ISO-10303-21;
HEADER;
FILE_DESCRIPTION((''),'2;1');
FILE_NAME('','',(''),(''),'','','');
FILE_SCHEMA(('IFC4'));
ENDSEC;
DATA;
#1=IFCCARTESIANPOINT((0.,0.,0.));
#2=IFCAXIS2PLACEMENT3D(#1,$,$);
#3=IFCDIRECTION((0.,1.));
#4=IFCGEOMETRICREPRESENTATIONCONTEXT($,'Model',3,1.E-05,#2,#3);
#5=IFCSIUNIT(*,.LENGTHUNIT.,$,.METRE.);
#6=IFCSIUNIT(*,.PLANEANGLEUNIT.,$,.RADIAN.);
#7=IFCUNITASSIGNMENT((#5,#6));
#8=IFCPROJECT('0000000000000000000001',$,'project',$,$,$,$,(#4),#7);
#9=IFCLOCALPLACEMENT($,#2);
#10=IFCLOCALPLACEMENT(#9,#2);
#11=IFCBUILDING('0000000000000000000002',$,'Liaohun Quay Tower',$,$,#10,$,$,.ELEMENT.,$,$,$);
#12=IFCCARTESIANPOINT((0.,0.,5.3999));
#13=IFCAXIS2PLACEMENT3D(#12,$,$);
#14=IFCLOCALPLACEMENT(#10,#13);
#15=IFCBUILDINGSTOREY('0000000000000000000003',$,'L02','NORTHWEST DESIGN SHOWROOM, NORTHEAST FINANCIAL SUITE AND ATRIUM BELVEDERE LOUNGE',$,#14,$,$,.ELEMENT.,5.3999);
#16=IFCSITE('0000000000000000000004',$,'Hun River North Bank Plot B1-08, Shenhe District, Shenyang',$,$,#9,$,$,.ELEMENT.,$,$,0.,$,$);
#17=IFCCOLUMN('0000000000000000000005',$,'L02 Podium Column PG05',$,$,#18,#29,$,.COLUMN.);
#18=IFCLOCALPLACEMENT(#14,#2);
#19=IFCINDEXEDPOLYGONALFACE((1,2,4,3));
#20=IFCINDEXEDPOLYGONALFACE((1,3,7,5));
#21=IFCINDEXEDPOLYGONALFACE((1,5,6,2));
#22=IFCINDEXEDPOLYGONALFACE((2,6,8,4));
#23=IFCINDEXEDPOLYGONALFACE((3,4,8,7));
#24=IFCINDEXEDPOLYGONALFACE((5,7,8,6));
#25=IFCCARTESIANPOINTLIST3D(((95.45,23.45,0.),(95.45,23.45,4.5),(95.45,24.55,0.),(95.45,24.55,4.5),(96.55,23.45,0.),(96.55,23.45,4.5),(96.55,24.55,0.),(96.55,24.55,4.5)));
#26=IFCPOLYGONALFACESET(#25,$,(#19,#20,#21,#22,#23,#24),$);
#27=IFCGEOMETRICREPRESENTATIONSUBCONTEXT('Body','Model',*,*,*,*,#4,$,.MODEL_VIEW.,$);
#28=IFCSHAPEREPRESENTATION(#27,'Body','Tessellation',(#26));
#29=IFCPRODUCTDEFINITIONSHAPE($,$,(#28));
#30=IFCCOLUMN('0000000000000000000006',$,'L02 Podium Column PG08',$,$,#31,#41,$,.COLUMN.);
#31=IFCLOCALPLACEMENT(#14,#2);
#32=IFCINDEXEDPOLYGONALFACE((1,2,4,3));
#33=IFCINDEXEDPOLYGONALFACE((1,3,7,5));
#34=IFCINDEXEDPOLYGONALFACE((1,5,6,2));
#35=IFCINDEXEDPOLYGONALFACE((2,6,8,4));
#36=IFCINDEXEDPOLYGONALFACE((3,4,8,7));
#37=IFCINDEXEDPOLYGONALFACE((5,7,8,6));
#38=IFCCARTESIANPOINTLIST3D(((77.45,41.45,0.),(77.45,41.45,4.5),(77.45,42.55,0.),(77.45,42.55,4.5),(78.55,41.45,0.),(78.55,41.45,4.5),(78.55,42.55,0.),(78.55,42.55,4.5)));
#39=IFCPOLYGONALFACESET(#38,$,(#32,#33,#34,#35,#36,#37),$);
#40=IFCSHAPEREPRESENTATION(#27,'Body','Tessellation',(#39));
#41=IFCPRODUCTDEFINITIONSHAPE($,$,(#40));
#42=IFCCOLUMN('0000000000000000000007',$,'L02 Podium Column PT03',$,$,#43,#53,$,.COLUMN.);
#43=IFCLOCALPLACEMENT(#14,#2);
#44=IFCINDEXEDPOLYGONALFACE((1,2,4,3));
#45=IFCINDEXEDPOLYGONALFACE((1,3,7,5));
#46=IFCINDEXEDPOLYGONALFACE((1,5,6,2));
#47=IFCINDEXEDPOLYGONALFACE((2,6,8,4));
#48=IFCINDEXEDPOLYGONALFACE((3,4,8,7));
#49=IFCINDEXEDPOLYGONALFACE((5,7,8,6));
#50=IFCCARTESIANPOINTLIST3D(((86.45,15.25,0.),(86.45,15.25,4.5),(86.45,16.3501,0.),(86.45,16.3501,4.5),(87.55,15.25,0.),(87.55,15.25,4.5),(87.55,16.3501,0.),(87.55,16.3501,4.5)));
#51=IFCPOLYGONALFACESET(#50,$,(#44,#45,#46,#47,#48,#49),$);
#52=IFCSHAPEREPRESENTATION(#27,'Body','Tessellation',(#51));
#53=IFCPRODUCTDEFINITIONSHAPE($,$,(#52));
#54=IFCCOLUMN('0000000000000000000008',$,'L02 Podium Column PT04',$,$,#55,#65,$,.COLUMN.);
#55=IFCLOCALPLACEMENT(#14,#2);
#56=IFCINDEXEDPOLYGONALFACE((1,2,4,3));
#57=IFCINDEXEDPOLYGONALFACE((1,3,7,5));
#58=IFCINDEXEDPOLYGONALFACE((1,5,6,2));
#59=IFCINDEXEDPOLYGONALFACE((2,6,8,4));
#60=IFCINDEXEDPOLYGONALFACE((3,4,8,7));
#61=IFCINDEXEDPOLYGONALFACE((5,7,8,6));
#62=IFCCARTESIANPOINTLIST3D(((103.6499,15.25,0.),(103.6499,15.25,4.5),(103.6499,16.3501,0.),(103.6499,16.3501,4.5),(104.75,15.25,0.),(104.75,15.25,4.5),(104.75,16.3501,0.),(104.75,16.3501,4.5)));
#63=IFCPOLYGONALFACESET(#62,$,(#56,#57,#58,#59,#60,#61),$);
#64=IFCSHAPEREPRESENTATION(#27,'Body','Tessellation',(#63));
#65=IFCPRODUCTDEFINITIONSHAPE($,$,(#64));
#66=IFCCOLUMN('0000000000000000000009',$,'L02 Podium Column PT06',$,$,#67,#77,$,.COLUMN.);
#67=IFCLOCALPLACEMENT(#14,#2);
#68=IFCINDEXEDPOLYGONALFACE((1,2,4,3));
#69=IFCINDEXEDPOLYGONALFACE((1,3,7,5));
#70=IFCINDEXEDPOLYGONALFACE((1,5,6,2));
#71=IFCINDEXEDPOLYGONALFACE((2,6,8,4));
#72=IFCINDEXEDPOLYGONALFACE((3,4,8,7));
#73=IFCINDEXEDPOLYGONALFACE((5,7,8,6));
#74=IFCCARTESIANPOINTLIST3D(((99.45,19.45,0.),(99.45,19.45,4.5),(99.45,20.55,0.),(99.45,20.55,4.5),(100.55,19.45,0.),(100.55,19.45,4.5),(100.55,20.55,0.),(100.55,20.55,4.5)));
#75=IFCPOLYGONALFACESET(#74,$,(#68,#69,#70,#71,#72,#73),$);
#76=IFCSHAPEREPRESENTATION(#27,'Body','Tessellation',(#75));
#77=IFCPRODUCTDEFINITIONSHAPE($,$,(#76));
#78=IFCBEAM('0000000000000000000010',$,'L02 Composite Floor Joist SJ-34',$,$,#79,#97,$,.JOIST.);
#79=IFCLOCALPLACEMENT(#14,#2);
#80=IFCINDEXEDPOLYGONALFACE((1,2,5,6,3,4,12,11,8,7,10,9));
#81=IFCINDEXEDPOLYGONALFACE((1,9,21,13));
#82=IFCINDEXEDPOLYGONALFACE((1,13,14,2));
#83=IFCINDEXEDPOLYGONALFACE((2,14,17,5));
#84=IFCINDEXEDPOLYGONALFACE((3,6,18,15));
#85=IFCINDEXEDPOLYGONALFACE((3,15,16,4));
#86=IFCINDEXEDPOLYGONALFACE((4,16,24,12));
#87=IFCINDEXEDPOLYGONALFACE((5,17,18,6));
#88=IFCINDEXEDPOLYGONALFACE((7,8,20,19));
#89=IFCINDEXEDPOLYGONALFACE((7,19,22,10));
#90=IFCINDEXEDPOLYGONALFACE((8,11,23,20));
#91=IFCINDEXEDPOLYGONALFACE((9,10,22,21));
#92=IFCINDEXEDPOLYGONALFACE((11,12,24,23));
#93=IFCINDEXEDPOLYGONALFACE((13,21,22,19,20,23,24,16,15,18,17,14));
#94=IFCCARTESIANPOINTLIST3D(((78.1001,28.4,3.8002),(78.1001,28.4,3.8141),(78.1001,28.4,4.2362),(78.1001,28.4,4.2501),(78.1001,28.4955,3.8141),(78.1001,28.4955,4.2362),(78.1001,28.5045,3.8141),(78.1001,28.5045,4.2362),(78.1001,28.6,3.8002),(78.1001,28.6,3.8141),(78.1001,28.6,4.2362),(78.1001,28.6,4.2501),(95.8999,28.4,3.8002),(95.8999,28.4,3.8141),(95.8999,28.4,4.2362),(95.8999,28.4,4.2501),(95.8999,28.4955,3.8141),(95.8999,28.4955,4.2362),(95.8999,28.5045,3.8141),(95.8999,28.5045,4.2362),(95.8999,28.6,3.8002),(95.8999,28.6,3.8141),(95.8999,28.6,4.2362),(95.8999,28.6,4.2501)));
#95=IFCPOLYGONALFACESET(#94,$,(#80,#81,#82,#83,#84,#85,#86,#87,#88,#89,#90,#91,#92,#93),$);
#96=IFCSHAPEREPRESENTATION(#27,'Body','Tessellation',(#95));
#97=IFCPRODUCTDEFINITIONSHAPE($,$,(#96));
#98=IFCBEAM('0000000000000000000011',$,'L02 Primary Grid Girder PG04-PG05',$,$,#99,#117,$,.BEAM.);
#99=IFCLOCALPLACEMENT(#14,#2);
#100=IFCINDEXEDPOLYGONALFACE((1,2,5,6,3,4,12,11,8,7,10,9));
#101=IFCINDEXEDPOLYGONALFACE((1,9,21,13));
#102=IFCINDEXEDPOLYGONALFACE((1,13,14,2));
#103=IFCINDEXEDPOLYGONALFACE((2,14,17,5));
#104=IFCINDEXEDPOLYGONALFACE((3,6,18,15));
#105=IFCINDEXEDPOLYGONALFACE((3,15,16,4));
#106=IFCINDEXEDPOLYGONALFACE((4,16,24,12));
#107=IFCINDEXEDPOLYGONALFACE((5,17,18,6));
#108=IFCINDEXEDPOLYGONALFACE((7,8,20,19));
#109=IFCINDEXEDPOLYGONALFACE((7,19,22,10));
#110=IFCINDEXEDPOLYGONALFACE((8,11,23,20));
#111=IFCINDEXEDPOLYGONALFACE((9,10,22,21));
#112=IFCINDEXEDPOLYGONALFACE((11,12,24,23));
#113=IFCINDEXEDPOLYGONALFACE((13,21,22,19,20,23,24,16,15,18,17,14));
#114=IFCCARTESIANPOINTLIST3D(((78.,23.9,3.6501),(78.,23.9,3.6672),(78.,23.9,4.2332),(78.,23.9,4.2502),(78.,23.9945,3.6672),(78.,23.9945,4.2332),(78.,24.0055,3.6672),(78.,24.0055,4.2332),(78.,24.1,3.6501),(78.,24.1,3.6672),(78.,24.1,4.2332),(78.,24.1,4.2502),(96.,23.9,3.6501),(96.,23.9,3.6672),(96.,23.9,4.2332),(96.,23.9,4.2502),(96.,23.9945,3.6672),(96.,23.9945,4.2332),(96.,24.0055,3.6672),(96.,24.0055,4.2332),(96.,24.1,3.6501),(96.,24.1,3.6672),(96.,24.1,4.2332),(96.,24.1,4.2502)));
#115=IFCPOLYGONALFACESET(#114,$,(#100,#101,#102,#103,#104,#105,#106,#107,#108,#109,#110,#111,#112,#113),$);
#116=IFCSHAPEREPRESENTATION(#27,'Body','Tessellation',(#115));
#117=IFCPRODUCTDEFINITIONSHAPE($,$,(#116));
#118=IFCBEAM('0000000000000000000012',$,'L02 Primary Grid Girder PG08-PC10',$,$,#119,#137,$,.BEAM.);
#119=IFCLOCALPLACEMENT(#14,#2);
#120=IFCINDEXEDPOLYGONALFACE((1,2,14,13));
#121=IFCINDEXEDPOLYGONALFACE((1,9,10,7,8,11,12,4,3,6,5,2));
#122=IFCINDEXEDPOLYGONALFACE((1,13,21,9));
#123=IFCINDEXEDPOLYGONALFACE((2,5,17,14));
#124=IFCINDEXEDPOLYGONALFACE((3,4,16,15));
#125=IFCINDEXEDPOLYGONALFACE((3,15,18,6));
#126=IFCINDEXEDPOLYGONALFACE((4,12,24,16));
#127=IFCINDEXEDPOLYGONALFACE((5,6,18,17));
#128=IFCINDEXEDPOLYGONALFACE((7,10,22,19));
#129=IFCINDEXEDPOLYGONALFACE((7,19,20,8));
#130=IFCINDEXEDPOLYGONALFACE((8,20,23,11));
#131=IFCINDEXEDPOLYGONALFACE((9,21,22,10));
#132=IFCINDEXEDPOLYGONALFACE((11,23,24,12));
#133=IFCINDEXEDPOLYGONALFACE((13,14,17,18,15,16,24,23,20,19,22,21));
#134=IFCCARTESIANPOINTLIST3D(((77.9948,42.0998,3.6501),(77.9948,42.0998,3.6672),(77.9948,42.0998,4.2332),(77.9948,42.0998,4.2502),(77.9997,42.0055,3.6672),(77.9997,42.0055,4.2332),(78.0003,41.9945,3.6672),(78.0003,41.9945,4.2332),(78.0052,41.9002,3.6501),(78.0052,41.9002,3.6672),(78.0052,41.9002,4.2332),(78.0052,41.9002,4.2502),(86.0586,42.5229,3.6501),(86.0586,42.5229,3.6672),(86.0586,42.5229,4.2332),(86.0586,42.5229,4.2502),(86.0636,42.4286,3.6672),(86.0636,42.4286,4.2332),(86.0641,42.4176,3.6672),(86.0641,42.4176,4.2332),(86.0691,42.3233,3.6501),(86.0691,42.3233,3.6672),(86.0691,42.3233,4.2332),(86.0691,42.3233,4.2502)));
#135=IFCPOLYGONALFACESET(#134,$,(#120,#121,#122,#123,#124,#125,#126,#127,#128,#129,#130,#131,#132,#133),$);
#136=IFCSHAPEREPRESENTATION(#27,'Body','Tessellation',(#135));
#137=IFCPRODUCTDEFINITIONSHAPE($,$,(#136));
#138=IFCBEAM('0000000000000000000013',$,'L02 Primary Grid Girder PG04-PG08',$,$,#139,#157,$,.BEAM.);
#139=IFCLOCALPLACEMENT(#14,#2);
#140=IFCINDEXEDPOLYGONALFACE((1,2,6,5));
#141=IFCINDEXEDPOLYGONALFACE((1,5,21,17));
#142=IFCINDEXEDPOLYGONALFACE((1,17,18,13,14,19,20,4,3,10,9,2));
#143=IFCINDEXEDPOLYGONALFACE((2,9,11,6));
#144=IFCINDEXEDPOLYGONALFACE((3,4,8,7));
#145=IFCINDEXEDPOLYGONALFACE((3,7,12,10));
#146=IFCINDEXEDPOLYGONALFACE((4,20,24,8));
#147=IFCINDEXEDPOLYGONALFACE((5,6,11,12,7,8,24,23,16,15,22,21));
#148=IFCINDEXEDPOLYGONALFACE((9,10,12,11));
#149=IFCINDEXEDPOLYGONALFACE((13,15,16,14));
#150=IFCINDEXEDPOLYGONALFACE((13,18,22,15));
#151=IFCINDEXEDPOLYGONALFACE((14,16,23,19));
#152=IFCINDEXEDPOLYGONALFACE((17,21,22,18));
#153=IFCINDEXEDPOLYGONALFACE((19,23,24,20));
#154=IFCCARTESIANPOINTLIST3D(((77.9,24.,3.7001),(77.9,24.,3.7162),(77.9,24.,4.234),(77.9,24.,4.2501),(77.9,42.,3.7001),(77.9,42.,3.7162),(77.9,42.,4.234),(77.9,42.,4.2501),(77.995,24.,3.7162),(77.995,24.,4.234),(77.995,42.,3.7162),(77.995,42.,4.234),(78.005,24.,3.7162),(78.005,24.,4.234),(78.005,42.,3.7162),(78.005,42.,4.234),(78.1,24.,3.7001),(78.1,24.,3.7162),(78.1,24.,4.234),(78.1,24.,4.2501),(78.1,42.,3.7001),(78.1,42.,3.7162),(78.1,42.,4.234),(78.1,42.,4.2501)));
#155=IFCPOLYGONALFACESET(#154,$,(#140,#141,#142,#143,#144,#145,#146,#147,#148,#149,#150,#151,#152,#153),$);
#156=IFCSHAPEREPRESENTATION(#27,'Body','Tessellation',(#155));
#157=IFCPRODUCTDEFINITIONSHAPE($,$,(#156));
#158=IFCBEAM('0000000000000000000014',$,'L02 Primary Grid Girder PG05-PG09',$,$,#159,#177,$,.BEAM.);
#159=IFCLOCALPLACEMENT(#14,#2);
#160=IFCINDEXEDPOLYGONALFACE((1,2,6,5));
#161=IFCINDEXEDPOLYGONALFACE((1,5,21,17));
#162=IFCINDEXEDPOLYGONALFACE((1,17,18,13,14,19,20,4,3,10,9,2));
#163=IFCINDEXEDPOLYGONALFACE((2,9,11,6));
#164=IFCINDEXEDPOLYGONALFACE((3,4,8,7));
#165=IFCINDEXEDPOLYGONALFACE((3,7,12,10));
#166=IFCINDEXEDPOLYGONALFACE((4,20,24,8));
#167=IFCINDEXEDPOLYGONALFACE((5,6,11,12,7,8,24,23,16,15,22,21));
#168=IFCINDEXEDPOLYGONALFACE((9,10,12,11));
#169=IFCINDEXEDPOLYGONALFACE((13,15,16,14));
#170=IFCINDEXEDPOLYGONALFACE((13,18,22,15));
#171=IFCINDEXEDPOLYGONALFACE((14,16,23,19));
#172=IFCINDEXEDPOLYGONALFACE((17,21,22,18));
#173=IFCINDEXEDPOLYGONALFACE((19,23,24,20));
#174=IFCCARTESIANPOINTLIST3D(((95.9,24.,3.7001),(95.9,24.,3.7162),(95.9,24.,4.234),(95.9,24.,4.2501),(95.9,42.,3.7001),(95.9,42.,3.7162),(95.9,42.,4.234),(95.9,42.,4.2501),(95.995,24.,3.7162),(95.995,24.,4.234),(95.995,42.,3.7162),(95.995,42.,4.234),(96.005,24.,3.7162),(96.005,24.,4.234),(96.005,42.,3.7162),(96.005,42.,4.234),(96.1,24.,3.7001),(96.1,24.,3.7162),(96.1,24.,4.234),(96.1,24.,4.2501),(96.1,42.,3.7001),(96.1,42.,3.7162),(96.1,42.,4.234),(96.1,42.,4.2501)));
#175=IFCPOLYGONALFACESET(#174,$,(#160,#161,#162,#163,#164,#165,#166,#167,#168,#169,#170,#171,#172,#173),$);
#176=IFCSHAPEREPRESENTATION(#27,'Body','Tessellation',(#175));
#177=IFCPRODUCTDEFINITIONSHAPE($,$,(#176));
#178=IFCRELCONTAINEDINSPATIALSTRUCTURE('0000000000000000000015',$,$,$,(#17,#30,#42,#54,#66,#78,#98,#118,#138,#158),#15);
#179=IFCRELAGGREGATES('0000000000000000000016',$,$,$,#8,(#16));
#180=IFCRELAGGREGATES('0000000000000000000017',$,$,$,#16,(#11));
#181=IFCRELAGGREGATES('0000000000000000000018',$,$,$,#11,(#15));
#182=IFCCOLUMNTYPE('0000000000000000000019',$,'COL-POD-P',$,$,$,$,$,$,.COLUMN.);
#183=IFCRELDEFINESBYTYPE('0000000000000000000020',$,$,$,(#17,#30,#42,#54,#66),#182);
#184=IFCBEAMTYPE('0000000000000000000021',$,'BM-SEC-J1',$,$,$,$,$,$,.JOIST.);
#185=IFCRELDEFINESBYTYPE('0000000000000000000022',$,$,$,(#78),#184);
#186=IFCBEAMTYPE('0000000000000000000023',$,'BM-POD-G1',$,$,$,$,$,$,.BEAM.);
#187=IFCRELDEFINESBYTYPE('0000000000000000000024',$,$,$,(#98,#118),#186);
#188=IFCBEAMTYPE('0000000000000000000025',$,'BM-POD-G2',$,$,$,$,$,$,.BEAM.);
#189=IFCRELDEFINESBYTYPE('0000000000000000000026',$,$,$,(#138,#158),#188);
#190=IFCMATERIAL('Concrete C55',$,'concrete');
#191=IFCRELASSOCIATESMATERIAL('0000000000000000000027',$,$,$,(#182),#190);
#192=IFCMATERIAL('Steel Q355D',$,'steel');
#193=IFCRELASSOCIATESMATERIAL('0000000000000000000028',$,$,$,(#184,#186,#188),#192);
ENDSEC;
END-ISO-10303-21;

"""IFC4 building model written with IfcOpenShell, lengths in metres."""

from ifc_helpers import new_model, si_unit, direction, frame, origin, origin_2d, place, context, subcontext, project, spatial, rectangle, i_section, extrude, source, transform, mapped, material, material_profile, profile_set, type_object, element, save


model = new_model("IFC4")

# Units and contexts
model_context = context("Model", 3, precision=1e-05, world=origin(), true_north=direction((0.0, 1.0)))
body_context = subcontext(model_context, "Body", "Model", "MODEL_VIEW")
ifc_project = project(units=[si_unit("LENGTHUNIT", "METRE"), si_unit("PLANEANGLEUNIT", "RADIAN")], contexts=[model_context])

# Site, building, storey
site_placement = place(None, origin())
site = spatial("IfcSite", under=ifc_project, at=site_placement, Name="Hun River North Bank Plot B1-08, Shenhe District, Shenyang", CompositionType="ELEMENT", RefElevation=0.0)
building_placement = place(site_placement, origin())
building = spatial("IfcBuilding", under=site, at=building_placement, Name="Liaohun Quay Tower", CompositionType="ELEMENT")
storey_placement = place(building_placement, frame((0.0, 0.0, 5.3999)))
storey = spatial("IfcBuildingStorey", under=building, at=storey_placement, Name="L02", Description="NORTHWEST DESIGN SHOWROOM, NORTHEAST FINANCIAL SUITE AND ATRIUM BELVEDERE LOUNGE", CompositionType="ELEMENT", Elevation=5.3999)

# Columns
ifc_material_1 = material(Name="Concrete C55", Category="concrete")
ifc_material_profile_1 = material_profile(ifc_material_1, rectangle(XDim=1.1001, YDim=1.1001, at=origin_2d()), Name="RC1100x1100")
ifc_profile_set_1 = profile_set([ifc_material_profile_1], Name="Concrete C55")
column_type = type_object("IfcColumnType", Name="COL-POD-P", PredefinedType="COLUMN", material=ifc_profile_set_1)
shared_shape_1 = source(origin(), body_context, "Body", "SweptSolid", [
    extrude(rectangle(XDim=1.1001, YDim=1.1001, at=origin_2d()), origin(), (0.0, 0.0, 1.0), 4.5),
])
for number, where, z_axis, x_axis, name in (
    (1, (96.0, 24.0, 0.0), (0.0, 0.0, 1.0), (1.0, 0.0, 0.0), "L02 Podium Column PG05"),
    (2, (78.0, 42.0, 0.0), (0.0, 0.0, 1.0), (1.0, 0.0, 0.0), "L02 Podium Column PG08"),
    (3, (87.0, 15.8, 0.0), (0.0, 0.0, 1.0), (1.0, 0.0, 0.0), "L02 Podium Column PT03"),
    (4, (104.2, 15.8, 0.0), (0.0, 0.0, 1.0), (1.0, 0.0, 0.0), "L02 Podium Column PT04"),
    (5, (100.0, 20.0, 0.0), (0.0, 0.0, 1.0), (1.0, 0.0, 0.0), "L02 Podium Column PT06"),
):
    element("IfcColumn", number, at=place(storey_placement, frame(where, z_axis=z_axis, x_axis=x_axis)), inside=storey, type_object=column_type, Name=name, PredefinedType="COLUMN", context=body_context, shape_type="MappedRepresentation", body=[
        mapped(shared_shape_1, transform((0.0, 0.0, 0.0), x_axis=(1.0, 0.0, 0.0), y_axis=(0.0, 1.0, 0.0), z_axis=(0.0, 0.0, 1.0), scale=1.0)),
    ])

# Beams
ifc_material_2 = material(Name="Steel Q355D", Category="steel")
ifc_material_profile_2 = material_profile(ifc_material_2, i_section(OverallWidth=0.2, OverallDepth=0.45, WebThickness=0.009, FlangeThickness=0.0139, at=origin_2d()), Name="HN450x200x9x14")
ifc_profile_set_2 = profile_set([ifc_material_profile_2], Name="Steel Q355D")
beam_type_1 = type_object("IfcBeamType", Name="BM-SEC-J1", PredefinedType="JOIST", material=ifc_profile_set_2)
shared_shape_2 = source(origin(), body_context, "Body", "SweptSolid", [
    extrude(i_section(OverallWidth=0.2, OverallDepth=0.45, WebThickness=0.009, FlangeThickness=0.0139, at=origin_2d()), origin(), (0.0, 0.0, 1.0), 17.7998),
])
beam_1_placement = place(storey_placement, frame((78.1001, 28.5, 4.0251), z_axis=(1.0, 0.0, 0.0), x_axis=(0.0, 1.0, 0.0)))
element("IfcBeam", 6, at=beam_1_placement, inside=storey, type_object=beam_type_1, Name="L02 Composite Floor Joist SJ-34", PredefinedType="JOIST", context=body_context, shape_type="MappedRepresentation", body=[
    mapped(shared_shape_2, transform((0.0, 0.0, 0.0), x_axis=(1.0, 0.0, 0.0), y_axis=(0.0, 1.0, 0.0), z_axis=(0.0, 0.0, 1.0), scale=1.0)),
])
ifc_material_profile_3 = material_profile(ifc_material_2, i_section(OverallWidth=0.2, OverallDepth=0.6001, WebThickness=0.011, FlangeThickness=0.0171, at=origin_2d()), Name="HN600x200x11x17")
ifc_profile_set_3 = profile_set([ifc_material_profile_3], Name="Steel Q355D")
beam_type_2 = type_object("IfcBeamType", Name="BM-POD-G1", PredefinedType="BEAM", material=ifc_profile_set_3)
shared_shape_3 = source(origin(), body_context, "Body", "SweptSolid", [
    extrude(i_section(OverallWidth=0.2, OverallDepth=0.6001, WebThickness=0.011, FlangeThickness=0.0171, at=origin_2d()), origin(), (0.0, 0.0, 1.0), 18.0),
])
beam_2_placement = place(storey_placement, frame((78.0, 24.0, 3.9502), z_axis=(1.0, 0.0, 0.0), x_axis=(0.0, 1.0, 0.0)))
element("IfcBeam", 7, at=beam_2_placement, inside=storey, type_object=beam_type_2, Name="L02 Primary Grid Girder PG04-PG05", PredefinedType="BEAM", context=body_context, shape_type="MappedRepresentation", body=[
    mapped(shared_shape_3, transform((0.0, 0.0, 0.0), x_axis=(1.0, 0.0, 0.0), y_axis=(0.0, 1.0, 0.0), z_axis=(0.0, 0.0, 1.0), scale=1.0)),
])
shared_shape_4 = source(origin(), body_context, "Body", "SweptSolid", [
    extrude(i_section(OverallWidth=0.2, OverallDepth=0.6001, WebThickness=0.011, FlangeThickness=0.0171, at=origin_2d()), origin(), (0.0, 0.0, 1.0), 8.075),
])
beam_3_placement = place(storey_placement, frame((78.0, 42.0, 3.9502), z_axis=(0.998626, 0.052395, 0.0), x_axis=(-0.052395, 0.998626, 0.0)))
element("IfcBeam", 8, at=beam_3_placement, inside=storey, type_object=beam_type_2, Name="L02 Primary Grid Girder PG08-PC10", PredefinedType="BEAM", context=body_context, shape_type="MappedRepresentation", body=[
    mapped(shared_shape_4, transform((0.0, 0.0, 0.0), x_axis=(1.0, 0.0, 0.0), y_axis=(0.0, 1.0, 0.0), z_axis=(0.0, 0.0, 1.0), scale=1.0)),
])
ifc_material_profile_4 = material_profile(ifc_material_2, i_section(OverallWidth=0.2, OverallDepth=0.55, WebThickness=0.01, FlangeThickness=0.0161, at=origin_2d()), Name="HN550x200x10x16")
ifc_profile_set_4 = profile_set([ifc_material_profile_4], Name="Steel Q355D")
beam_type_3 = type_object("IfcBeamType", Name="BM-POD-G2", PredefinedType="BEAM", material=ifc_profile_set_4)
shared_shape_5 = source(origin(), body_context, "Body", "SweptSolid", [
    extrude(i_section(OverallWidth=0.2, OverallDepth=0.55, WebThickness=0.01, FlangeThickness=0.0161, at=origin_2d()), origin(), (0.0, 0.0, 1.0), 18.0),
])
for number, where, z_axis, x_axis, name in (
    (9, (78.0, 24.0, 3.9751), (0.0, 1.0, 0.0), (-1.0, 0.0, 0.0), "L02 Primary Grid Girder PG04-PG08"),
    (10, (96.0, 24.0, 3.9751), (0.0, 1.0, 0.0), (-1.0, 0.0, 0.0), "L02 Primary Grid Girder PG05-PG09"),
):
    element("IfcBeam", number, at=place(storey_placement, frame(where, z_axis=z_axis, x_axis=x_axis)), inside=storey, type_object=beam_type_3, Name=name, PredefinedType="BEAM", context=body_context, shape_type="MappedRepresentation", body=[
        mapped(shared_shape_5, transform((0.0, 0.0, 0.0), x_axis=(1.0, 0.0, 0.0), y_axis=(0.0, 1.0, 0.0), z_axis=(0.0, 0.0, 1.0), scale=1.0)),
    ])

save(model, "model.ifc")
